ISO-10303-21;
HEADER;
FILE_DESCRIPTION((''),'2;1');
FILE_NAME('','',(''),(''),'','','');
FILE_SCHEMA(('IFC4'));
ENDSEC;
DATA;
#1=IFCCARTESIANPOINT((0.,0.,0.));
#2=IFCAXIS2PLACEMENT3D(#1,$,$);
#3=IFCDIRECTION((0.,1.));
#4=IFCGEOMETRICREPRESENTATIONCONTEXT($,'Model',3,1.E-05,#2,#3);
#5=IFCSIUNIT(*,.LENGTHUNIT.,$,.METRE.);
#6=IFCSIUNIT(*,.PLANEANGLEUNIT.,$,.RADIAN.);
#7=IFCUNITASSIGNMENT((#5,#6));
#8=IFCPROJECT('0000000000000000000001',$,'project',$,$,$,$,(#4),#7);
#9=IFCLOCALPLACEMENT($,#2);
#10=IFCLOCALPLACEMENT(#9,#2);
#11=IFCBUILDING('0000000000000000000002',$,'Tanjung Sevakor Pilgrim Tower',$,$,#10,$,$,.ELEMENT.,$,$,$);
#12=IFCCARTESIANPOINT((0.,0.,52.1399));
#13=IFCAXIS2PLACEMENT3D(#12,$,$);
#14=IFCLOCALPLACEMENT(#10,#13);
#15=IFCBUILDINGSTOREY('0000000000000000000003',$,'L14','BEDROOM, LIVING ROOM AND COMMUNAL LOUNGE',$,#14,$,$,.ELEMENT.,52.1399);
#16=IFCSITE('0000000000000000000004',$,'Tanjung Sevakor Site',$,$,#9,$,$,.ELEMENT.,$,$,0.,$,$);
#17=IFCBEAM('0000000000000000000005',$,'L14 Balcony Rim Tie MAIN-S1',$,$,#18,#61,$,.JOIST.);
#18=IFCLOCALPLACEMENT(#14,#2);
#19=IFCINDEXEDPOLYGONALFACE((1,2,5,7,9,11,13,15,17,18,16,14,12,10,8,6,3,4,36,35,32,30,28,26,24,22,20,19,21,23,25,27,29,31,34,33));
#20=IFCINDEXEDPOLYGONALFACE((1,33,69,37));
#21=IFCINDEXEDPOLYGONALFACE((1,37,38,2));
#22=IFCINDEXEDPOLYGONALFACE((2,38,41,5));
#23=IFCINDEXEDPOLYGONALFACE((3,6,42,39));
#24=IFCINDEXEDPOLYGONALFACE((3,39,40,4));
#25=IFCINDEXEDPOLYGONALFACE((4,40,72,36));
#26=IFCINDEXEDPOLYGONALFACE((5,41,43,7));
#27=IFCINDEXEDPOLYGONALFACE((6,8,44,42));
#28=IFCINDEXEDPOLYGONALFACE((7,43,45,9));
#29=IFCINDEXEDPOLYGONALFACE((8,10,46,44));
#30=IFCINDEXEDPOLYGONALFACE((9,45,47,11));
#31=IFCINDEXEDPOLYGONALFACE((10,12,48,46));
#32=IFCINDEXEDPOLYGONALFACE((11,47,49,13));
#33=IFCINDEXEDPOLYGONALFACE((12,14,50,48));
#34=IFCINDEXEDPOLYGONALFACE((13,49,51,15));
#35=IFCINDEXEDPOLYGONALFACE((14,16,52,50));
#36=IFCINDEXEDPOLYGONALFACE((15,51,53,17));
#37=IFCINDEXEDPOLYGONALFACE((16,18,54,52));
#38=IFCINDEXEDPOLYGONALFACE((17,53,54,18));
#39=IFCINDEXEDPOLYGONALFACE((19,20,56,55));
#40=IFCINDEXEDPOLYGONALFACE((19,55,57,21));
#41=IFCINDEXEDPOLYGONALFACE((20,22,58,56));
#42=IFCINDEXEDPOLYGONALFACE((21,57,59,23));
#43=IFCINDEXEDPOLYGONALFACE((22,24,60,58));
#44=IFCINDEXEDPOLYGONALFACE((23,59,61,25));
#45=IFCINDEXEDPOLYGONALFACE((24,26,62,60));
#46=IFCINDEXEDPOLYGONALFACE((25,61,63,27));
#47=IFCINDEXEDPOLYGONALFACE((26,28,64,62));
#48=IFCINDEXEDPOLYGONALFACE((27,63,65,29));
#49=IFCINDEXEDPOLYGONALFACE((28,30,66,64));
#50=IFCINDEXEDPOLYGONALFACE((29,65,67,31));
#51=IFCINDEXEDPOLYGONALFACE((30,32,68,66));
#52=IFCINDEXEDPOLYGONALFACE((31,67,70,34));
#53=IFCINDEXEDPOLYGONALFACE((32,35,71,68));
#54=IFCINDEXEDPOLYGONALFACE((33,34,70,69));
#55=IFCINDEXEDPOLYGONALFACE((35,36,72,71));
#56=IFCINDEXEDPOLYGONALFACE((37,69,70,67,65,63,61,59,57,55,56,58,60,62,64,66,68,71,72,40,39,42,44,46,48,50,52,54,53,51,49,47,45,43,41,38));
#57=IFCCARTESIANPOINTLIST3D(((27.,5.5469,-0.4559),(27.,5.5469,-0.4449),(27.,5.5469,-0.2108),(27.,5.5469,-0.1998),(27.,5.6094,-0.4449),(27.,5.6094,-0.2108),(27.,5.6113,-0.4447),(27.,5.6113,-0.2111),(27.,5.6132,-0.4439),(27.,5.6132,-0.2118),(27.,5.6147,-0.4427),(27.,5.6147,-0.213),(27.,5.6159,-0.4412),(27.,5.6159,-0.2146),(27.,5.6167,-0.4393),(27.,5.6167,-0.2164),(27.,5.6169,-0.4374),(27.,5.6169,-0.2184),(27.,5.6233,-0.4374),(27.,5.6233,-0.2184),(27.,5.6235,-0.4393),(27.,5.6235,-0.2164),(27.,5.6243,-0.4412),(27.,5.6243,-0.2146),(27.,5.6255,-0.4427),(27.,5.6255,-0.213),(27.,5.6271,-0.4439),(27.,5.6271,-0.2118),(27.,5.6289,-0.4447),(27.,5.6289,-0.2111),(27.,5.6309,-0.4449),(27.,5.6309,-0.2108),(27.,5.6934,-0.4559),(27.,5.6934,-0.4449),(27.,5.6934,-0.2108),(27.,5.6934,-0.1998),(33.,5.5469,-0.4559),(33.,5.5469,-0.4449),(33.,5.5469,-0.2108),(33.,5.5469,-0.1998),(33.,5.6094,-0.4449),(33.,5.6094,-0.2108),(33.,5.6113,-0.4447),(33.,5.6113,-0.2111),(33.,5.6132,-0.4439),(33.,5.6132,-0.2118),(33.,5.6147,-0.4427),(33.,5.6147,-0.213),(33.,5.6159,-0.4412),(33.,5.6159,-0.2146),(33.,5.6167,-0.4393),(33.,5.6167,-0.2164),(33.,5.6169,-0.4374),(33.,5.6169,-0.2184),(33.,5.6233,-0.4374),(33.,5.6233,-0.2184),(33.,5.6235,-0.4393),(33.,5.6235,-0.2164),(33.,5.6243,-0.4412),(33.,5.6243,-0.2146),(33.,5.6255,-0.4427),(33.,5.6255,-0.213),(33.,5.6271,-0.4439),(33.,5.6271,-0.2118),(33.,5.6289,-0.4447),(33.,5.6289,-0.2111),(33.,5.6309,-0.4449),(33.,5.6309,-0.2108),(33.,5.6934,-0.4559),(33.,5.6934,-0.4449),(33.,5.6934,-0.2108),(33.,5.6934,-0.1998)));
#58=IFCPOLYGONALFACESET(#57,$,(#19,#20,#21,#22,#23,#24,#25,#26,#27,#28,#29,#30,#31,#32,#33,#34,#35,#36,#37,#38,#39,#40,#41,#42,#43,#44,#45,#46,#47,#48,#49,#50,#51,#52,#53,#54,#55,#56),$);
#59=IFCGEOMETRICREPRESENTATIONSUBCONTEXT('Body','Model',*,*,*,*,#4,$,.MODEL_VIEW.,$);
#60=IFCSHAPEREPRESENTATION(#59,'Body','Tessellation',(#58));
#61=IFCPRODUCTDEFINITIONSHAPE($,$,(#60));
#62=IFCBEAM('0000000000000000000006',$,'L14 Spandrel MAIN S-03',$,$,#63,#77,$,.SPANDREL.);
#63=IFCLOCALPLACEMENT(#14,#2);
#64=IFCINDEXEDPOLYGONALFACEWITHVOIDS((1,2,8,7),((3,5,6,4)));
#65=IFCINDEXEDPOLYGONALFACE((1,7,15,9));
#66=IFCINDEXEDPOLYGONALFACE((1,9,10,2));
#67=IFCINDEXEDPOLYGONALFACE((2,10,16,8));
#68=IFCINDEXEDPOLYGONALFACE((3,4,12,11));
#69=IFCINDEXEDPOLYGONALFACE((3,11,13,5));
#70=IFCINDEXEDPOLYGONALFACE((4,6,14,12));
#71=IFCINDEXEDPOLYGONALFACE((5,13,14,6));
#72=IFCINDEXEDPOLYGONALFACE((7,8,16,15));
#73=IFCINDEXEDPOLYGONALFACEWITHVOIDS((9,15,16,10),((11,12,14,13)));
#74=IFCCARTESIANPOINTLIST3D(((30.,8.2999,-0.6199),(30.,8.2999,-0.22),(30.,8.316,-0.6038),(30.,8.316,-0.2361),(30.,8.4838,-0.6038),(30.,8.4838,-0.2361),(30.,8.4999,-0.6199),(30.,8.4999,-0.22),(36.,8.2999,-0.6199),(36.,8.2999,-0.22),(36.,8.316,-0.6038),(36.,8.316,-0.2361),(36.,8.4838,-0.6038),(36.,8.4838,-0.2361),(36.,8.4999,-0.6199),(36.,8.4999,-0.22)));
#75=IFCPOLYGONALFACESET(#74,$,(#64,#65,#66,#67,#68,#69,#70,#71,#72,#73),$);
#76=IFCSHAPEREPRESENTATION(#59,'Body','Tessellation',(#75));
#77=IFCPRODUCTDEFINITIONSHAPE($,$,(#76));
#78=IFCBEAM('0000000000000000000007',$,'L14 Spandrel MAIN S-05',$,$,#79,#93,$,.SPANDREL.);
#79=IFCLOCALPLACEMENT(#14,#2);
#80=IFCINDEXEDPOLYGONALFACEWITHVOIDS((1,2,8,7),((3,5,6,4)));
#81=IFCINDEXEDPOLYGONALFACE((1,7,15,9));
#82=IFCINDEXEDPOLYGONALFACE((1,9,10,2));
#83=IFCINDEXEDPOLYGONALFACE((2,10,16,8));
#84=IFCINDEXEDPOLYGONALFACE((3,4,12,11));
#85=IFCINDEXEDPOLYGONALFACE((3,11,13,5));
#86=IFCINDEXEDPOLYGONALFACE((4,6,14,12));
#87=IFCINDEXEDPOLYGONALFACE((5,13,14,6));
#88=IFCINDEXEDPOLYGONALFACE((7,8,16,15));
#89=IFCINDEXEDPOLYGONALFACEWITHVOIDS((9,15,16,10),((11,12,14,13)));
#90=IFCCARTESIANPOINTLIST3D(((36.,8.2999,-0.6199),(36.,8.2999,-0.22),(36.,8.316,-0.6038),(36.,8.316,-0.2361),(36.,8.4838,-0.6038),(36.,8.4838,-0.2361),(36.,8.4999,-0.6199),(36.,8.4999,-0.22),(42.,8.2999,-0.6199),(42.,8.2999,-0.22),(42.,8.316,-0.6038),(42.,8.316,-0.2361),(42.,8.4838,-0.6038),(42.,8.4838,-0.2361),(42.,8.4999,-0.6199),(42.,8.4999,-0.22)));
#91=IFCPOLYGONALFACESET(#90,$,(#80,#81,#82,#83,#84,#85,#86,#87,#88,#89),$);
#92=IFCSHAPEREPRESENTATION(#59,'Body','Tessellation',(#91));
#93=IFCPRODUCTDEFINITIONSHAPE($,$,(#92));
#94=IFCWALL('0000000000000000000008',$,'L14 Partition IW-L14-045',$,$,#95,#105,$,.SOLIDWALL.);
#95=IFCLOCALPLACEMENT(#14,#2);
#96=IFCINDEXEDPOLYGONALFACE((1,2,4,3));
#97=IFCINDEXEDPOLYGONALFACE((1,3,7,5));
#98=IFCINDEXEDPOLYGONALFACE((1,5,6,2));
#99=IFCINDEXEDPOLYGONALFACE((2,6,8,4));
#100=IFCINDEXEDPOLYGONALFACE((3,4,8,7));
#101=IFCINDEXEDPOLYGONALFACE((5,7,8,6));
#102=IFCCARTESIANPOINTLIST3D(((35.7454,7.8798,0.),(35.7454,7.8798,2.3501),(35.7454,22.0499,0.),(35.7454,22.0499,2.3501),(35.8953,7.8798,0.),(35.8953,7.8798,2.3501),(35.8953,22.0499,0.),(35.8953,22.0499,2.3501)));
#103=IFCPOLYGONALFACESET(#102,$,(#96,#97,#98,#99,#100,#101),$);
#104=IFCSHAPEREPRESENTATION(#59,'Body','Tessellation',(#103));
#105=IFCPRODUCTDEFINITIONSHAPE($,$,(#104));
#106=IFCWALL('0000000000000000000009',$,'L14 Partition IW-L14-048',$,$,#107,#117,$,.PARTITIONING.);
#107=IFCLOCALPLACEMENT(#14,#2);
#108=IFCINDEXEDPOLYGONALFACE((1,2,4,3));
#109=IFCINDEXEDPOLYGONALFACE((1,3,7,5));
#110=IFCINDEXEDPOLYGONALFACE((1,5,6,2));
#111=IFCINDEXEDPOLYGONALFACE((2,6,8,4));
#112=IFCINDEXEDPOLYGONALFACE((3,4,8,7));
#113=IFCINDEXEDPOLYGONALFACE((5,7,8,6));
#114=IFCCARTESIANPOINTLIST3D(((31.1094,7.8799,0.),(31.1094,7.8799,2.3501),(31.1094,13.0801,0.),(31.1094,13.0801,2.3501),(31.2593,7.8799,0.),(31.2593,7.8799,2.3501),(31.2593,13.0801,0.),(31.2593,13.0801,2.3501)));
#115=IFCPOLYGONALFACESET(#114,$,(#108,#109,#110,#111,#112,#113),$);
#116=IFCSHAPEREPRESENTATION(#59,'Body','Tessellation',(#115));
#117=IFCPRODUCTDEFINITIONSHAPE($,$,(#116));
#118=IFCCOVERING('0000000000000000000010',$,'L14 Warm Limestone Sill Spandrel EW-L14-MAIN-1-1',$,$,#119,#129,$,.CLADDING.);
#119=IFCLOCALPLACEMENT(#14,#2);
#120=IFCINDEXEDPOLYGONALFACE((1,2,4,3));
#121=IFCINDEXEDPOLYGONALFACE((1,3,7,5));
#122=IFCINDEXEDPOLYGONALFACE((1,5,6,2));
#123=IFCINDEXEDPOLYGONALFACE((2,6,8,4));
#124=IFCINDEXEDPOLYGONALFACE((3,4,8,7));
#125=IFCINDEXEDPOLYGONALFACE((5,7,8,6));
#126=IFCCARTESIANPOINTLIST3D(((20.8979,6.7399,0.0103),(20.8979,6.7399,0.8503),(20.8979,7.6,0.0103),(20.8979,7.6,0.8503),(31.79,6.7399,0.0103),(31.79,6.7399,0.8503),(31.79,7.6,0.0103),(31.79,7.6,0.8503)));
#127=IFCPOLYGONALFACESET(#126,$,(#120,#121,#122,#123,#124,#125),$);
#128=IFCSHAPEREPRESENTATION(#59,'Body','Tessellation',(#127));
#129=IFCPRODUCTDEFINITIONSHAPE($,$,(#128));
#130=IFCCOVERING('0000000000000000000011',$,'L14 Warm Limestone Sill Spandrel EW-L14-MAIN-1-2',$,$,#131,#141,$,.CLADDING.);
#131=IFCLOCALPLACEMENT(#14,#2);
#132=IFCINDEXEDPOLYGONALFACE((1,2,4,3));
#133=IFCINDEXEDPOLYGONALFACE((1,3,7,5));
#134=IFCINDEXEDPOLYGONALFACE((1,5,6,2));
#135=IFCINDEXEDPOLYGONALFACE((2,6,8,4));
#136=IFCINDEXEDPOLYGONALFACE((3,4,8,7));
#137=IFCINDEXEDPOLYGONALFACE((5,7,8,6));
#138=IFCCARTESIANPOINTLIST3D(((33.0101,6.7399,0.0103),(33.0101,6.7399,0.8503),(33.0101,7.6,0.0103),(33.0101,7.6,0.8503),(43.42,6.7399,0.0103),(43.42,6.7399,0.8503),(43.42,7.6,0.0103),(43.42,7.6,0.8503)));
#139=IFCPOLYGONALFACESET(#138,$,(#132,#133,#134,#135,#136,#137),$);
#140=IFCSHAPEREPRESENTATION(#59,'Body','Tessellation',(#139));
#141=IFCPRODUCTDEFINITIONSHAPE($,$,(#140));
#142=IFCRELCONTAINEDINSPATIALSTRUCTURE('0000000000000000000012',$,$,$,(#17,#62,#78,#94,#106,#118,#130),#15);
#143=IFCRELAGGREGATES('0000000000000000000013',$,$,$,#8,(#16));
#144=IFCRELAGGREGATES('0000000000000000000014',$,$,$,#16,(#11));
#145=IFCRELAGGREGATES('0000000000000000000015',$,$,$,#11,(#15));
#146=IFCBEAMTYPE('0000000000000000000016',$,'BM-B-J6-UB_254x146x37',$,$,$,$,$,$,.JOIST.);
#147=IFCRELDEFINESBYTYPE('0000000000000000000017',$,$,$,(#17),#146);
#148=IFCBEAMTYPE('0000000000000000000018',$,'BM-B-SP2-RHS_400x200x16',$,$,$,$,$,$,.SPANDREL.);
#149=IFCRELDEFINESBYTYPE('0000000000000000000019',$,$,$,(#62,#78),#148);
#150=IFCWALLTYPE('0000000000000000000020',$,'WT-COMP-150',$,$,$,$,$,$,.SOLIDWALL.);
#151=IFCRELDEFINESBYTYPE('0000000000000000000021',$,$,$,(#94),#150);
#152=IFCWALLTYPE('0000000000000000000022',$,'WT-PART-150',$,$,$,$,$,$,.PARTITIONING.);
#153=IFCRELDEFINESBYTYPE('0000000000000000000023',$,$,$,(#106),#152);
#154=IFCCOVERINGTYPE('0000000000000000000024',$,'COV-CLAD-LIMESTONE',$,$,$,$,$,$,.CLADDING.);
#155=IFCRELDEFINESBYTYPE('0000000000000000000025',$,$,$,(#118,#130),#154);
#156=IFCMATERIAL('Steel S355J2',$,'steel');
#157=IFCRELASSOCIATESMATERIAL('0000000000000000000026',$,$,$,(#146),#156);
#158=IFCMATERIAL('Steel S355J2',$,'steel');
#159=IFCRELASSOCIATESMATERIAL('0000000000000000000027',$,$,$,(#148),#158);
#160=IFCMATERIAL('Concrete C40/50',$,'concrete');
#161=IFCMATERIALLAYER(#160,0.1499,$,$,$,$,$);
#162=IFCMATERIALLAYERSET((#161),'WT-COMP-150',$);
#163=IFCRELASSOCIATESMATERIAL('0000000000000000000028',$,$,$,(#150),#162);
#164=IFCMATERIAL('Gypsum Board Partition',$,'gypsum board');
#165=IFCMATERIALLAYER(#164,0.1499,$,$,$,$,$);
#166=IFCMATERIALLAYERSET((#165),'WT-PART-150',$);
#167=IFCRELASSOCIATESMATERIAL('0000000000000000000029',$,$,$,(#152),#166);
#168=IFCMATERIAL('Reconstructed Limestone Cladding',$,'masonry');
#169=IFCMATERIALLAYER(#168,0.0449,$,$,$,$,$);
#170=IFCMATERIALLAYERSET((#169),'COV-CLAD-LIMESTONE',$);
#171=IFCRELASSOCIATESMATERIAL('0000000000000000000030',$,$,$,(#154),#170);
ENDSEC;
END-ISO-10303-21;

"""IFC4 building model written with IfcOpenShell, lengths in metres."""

from ifc_helpers import new_model, si_unit, direction, frame, frame_2d, origin, origin_2d, place, context, subcontext, project, spatial, rectangle, hollow_rectangle, i_section, extrude, material, layer, layer_set, material_profile, profile_set, type_object, element, save


model = new_model("IFC4")

# Units and contexts
model_context = context("Model", 3, precision=1e-05, world=origin(), true_north=direction((0.0, 1.0)))
body_context = subcontext(model_context, "Body", "Model", "MODEL_VIEW")
ifc_project = project(units=[si_unit("LENGTHUNIT", "METRE"), si_unit("PLANEANGLEUNIT", "RADIAN")], contexts=[model_context])

# Site, building, storey
site_placement = place(None, origin())
site = spatial("IfcSite", under=ifc_project, at=site_placement, Name="Tanjung Sevakor Site", CompositionType="ELEMENT", RefElevation=0.0)
building_placement = place(site_placement, origin())
building = spatial("IfcBuilding", under=site, at=building_placement, Name="Tanjung Sevakor Pilgrim Tower", CompositionType="ELEMENT")
storey_placement = place(building_placement, frame((0.0, 0.0, 52.1399)))
storey = spatial("IfcBuildingStorey", under=building, at=storey_placement, Name="L14", Description="BEDROOM, LIVING ROOM AND COMMUNAL LOUNGE", CompositionType="ELEMENT", Elevation=52.1399)

# Beams
ifc_material_1 = material(Name="Steel S355J2", Category="steel")
ifc_material_profile_1 = material_profile(ifc_material_1, i_section(OverallWidth=0.1465, OverallDepth=0.2561, WebThickness=0.0063, FlangeThickness=0.011, FilletRadius=0.0076, at=origin_2d()))
ifc_profile_set_1 = profile_set([ifc_material_profile_1], Name="Steel S355J2")
beam_type_1 = type_object("IfcBeamType", Name="BM-B-J6-UB_254x146x37", PredefinedType="JOIST", material=ifc_profile_set_1)
beam_1_placement = place(storey_placement, frame((27.0, 5.6201, -0.3279), z_axis=(1.0, 0.0, 0.0), x_axis=(0.0, 1.0, 0.0)))
element("IfcBeam", 1, at=beam_1_placement, inside=storey, type_object=beam_type_1, Name="L14 Balcony Rim Tie MAIN-S1", PredefinedType="JOIST", context=body_context, shape_type="SweptSolid", body=[
    extrude(i_section(OverallWidth=0.1465, OverallDepth=0.2561, WebThickness=0.0063, FlangeThickness=0.011, FilletRadius=0.0076, at=origin_2d()), origin(), (0.0, 0.0, 1.0), 6.0),
])
ifc_material_2 = material(Name="Steel S355J2", Category="steel")
ifc_material_profile_2 = material_profile(ifc_material_2, hollow_rectangle(XDim=0.2, YDim=0.3999, WallThickness=0.0161, at=origin_2d()))
ifc_profile_set_2 = profile_set([ifc_material_profile_2], Name="Steel S355J2")
beam_type_2 = type_object("IfcBeamType", Name="BM-B-SP2-RHS_400x200x16", PredefinedType="SPANDREL", material=ifc_profile_set_2)
for number, where, z_axis, x_axis, name in (
    (2, (30.0, 8.3999, -0.4199), (1.0, 0.0, 0.0), (0.0, 1.0, 0.0), "L14 Spandrel MAIN S-03"),
    (3, (36.0, 8.3999, -0.4199), (1.0, 0.0, 0.0), (0.0, 1.0, 0.0), "L14 Spandrel MAIN S-05"),
):
    element("IfcBeam", number, at=place(storey_placement, frame(where, z_axis=z_axis, x_axis=x_axis)), inside=storey, type_object=beam_type_2, Name=name, PredefinedType="SPANDREL", context=body_context, shape_type="SweptSolid", body=[
        extrude(hollow_rectangle(XDim=0.2, YDim=0.3999, WallThickness=0.0161, at=origin_2d()), origin(), (0.0, 0.0, 1.0), 6.0),
    ])

# Walls
ifc_material_3 = material(Name="Concrete C40/50", Category="concrete")
ifc_layer_1 = layer(ifc_material_3, 0.1499)
ifc_layer_set_1 = layer_set([ifc_layer_1], Name="WT-COMP-150")
wall_type_1 = type_object("IfcWallType", Name="WT-COMP-150", PredefinedType="SOLIDWALL", material=ifc_layer_set_1)
wall_1_placement = place(storey_placement, frame((35.8203, 7.8799, 0.0), z_axis=(0.0, 0.0, 1.0), x_axis=(0.0, 1.0, 0.0)))
element("IfcWall", 4, at=wall_1_placement, inside=storey, type_object=wall_type_1, Name="L14 Partition IW-L14-045", PredefinedType="SOLIDWALL", context=body_context, shape_type="SweptSolid", body=[
    extrude(rectangle(XDim=14.1702, YDim=0.1499, at=frame_2d((7.085, 0.0))), origin(), (0.0, 0.0, 1.0), 2.3501),
])
ifc_material_4 = material(Name="Gypsum Board Partition", Category="gypsum board")
ifc_layer_2 = layer(ifc_material_4, 0.1499)
ifc_layer_set_2 = layer_set([ifc_layer_2], Name="WT-PART-150")
wall_type_2 = type_object("IfcWallType", Name="WT-PART-150", PredefinedType="PARTITIONING", material=ifc_layer_set_2)
wall_2_placement = place(storey_placement, frame((31.1843, 7.8799, 0.0), z_axis=(0.0, 0.0, 1.0), x_axis=(0.0, 1.0, 0.0)))
element("IfcWall", 5, at=wall_2_placement, inside=storey, type_object=wall_type_2, Name="L14 Partition IW-L14-048", PredefinedType="PARTITIONING", context=body_context, shape_type="SweptSolid", body=[
    extrude(rectangle(XDim=5.2002, YDim=0.1499, at=frame_2d((2.6001, 0.0))), origin(), (0.0, 0.0, 1.0), 2.3501),
])

# Coverings
ifc_material_5 = material(Name="Reconstructed Limestone Cladding", Category="masonry")
ifc_layer_3 = layer(ifc_material_5, 0.0449)
ifc_layer_set_3 = layer_set([ifc_layer_3], Name="COV-CLAD-LIMESTONE")
covering_type = type_object("IfcCoveringType", Name="COV-CLAD-LIMESTONE", PredefinedType="CLADDING", material=ifc_layer_set_3)
covering_1_placement = place(storey_placement, frame((26.344, 7.1699, 0.0103), z_axis=(0.0, 0.0, 1.0), x_axis=(1.0, 0.0, 0.0)))
element("IfcCovering", 6, at=covering_1_placement, inside=storey, type_object=covering_type, Name="L14 Warm Limestone Sill Spandrel EW-L14-MAIN-1-1", PredefinedType="CLADDING", context=body_context, shape_type="SweptSolid", body=[
    extrude(rectangle(XDim=10.8921, YDim=0.8601, at=origin_2d()), origin(), (0.0, 0.0, 1.0), 0.8401),
])
covering_2_placement = place(storey_placement, frame((38.2151, 7.1699, 0.0103), z_axis=(0.0, 0.0, 1.0), x_axis=(1.0, 0.0, 0.0)))
element("IfcCovering", 7, at=covering_2_placement, inside=storey, type_object=covering_type, Name="L14 Warm Limestone Sill Spandrel EW-L14-MAIN-1-2", PredefinedType="CLADDING", context=body_context, shape_type="SweptSolid", body=[
    extrude(rectangle(XDim=10.4099, YDim=0.8601, at=origin_2d()), origin(), (0.0, 0.0, 1.0), 0.8401),
])

save(model, "model.ifc")
